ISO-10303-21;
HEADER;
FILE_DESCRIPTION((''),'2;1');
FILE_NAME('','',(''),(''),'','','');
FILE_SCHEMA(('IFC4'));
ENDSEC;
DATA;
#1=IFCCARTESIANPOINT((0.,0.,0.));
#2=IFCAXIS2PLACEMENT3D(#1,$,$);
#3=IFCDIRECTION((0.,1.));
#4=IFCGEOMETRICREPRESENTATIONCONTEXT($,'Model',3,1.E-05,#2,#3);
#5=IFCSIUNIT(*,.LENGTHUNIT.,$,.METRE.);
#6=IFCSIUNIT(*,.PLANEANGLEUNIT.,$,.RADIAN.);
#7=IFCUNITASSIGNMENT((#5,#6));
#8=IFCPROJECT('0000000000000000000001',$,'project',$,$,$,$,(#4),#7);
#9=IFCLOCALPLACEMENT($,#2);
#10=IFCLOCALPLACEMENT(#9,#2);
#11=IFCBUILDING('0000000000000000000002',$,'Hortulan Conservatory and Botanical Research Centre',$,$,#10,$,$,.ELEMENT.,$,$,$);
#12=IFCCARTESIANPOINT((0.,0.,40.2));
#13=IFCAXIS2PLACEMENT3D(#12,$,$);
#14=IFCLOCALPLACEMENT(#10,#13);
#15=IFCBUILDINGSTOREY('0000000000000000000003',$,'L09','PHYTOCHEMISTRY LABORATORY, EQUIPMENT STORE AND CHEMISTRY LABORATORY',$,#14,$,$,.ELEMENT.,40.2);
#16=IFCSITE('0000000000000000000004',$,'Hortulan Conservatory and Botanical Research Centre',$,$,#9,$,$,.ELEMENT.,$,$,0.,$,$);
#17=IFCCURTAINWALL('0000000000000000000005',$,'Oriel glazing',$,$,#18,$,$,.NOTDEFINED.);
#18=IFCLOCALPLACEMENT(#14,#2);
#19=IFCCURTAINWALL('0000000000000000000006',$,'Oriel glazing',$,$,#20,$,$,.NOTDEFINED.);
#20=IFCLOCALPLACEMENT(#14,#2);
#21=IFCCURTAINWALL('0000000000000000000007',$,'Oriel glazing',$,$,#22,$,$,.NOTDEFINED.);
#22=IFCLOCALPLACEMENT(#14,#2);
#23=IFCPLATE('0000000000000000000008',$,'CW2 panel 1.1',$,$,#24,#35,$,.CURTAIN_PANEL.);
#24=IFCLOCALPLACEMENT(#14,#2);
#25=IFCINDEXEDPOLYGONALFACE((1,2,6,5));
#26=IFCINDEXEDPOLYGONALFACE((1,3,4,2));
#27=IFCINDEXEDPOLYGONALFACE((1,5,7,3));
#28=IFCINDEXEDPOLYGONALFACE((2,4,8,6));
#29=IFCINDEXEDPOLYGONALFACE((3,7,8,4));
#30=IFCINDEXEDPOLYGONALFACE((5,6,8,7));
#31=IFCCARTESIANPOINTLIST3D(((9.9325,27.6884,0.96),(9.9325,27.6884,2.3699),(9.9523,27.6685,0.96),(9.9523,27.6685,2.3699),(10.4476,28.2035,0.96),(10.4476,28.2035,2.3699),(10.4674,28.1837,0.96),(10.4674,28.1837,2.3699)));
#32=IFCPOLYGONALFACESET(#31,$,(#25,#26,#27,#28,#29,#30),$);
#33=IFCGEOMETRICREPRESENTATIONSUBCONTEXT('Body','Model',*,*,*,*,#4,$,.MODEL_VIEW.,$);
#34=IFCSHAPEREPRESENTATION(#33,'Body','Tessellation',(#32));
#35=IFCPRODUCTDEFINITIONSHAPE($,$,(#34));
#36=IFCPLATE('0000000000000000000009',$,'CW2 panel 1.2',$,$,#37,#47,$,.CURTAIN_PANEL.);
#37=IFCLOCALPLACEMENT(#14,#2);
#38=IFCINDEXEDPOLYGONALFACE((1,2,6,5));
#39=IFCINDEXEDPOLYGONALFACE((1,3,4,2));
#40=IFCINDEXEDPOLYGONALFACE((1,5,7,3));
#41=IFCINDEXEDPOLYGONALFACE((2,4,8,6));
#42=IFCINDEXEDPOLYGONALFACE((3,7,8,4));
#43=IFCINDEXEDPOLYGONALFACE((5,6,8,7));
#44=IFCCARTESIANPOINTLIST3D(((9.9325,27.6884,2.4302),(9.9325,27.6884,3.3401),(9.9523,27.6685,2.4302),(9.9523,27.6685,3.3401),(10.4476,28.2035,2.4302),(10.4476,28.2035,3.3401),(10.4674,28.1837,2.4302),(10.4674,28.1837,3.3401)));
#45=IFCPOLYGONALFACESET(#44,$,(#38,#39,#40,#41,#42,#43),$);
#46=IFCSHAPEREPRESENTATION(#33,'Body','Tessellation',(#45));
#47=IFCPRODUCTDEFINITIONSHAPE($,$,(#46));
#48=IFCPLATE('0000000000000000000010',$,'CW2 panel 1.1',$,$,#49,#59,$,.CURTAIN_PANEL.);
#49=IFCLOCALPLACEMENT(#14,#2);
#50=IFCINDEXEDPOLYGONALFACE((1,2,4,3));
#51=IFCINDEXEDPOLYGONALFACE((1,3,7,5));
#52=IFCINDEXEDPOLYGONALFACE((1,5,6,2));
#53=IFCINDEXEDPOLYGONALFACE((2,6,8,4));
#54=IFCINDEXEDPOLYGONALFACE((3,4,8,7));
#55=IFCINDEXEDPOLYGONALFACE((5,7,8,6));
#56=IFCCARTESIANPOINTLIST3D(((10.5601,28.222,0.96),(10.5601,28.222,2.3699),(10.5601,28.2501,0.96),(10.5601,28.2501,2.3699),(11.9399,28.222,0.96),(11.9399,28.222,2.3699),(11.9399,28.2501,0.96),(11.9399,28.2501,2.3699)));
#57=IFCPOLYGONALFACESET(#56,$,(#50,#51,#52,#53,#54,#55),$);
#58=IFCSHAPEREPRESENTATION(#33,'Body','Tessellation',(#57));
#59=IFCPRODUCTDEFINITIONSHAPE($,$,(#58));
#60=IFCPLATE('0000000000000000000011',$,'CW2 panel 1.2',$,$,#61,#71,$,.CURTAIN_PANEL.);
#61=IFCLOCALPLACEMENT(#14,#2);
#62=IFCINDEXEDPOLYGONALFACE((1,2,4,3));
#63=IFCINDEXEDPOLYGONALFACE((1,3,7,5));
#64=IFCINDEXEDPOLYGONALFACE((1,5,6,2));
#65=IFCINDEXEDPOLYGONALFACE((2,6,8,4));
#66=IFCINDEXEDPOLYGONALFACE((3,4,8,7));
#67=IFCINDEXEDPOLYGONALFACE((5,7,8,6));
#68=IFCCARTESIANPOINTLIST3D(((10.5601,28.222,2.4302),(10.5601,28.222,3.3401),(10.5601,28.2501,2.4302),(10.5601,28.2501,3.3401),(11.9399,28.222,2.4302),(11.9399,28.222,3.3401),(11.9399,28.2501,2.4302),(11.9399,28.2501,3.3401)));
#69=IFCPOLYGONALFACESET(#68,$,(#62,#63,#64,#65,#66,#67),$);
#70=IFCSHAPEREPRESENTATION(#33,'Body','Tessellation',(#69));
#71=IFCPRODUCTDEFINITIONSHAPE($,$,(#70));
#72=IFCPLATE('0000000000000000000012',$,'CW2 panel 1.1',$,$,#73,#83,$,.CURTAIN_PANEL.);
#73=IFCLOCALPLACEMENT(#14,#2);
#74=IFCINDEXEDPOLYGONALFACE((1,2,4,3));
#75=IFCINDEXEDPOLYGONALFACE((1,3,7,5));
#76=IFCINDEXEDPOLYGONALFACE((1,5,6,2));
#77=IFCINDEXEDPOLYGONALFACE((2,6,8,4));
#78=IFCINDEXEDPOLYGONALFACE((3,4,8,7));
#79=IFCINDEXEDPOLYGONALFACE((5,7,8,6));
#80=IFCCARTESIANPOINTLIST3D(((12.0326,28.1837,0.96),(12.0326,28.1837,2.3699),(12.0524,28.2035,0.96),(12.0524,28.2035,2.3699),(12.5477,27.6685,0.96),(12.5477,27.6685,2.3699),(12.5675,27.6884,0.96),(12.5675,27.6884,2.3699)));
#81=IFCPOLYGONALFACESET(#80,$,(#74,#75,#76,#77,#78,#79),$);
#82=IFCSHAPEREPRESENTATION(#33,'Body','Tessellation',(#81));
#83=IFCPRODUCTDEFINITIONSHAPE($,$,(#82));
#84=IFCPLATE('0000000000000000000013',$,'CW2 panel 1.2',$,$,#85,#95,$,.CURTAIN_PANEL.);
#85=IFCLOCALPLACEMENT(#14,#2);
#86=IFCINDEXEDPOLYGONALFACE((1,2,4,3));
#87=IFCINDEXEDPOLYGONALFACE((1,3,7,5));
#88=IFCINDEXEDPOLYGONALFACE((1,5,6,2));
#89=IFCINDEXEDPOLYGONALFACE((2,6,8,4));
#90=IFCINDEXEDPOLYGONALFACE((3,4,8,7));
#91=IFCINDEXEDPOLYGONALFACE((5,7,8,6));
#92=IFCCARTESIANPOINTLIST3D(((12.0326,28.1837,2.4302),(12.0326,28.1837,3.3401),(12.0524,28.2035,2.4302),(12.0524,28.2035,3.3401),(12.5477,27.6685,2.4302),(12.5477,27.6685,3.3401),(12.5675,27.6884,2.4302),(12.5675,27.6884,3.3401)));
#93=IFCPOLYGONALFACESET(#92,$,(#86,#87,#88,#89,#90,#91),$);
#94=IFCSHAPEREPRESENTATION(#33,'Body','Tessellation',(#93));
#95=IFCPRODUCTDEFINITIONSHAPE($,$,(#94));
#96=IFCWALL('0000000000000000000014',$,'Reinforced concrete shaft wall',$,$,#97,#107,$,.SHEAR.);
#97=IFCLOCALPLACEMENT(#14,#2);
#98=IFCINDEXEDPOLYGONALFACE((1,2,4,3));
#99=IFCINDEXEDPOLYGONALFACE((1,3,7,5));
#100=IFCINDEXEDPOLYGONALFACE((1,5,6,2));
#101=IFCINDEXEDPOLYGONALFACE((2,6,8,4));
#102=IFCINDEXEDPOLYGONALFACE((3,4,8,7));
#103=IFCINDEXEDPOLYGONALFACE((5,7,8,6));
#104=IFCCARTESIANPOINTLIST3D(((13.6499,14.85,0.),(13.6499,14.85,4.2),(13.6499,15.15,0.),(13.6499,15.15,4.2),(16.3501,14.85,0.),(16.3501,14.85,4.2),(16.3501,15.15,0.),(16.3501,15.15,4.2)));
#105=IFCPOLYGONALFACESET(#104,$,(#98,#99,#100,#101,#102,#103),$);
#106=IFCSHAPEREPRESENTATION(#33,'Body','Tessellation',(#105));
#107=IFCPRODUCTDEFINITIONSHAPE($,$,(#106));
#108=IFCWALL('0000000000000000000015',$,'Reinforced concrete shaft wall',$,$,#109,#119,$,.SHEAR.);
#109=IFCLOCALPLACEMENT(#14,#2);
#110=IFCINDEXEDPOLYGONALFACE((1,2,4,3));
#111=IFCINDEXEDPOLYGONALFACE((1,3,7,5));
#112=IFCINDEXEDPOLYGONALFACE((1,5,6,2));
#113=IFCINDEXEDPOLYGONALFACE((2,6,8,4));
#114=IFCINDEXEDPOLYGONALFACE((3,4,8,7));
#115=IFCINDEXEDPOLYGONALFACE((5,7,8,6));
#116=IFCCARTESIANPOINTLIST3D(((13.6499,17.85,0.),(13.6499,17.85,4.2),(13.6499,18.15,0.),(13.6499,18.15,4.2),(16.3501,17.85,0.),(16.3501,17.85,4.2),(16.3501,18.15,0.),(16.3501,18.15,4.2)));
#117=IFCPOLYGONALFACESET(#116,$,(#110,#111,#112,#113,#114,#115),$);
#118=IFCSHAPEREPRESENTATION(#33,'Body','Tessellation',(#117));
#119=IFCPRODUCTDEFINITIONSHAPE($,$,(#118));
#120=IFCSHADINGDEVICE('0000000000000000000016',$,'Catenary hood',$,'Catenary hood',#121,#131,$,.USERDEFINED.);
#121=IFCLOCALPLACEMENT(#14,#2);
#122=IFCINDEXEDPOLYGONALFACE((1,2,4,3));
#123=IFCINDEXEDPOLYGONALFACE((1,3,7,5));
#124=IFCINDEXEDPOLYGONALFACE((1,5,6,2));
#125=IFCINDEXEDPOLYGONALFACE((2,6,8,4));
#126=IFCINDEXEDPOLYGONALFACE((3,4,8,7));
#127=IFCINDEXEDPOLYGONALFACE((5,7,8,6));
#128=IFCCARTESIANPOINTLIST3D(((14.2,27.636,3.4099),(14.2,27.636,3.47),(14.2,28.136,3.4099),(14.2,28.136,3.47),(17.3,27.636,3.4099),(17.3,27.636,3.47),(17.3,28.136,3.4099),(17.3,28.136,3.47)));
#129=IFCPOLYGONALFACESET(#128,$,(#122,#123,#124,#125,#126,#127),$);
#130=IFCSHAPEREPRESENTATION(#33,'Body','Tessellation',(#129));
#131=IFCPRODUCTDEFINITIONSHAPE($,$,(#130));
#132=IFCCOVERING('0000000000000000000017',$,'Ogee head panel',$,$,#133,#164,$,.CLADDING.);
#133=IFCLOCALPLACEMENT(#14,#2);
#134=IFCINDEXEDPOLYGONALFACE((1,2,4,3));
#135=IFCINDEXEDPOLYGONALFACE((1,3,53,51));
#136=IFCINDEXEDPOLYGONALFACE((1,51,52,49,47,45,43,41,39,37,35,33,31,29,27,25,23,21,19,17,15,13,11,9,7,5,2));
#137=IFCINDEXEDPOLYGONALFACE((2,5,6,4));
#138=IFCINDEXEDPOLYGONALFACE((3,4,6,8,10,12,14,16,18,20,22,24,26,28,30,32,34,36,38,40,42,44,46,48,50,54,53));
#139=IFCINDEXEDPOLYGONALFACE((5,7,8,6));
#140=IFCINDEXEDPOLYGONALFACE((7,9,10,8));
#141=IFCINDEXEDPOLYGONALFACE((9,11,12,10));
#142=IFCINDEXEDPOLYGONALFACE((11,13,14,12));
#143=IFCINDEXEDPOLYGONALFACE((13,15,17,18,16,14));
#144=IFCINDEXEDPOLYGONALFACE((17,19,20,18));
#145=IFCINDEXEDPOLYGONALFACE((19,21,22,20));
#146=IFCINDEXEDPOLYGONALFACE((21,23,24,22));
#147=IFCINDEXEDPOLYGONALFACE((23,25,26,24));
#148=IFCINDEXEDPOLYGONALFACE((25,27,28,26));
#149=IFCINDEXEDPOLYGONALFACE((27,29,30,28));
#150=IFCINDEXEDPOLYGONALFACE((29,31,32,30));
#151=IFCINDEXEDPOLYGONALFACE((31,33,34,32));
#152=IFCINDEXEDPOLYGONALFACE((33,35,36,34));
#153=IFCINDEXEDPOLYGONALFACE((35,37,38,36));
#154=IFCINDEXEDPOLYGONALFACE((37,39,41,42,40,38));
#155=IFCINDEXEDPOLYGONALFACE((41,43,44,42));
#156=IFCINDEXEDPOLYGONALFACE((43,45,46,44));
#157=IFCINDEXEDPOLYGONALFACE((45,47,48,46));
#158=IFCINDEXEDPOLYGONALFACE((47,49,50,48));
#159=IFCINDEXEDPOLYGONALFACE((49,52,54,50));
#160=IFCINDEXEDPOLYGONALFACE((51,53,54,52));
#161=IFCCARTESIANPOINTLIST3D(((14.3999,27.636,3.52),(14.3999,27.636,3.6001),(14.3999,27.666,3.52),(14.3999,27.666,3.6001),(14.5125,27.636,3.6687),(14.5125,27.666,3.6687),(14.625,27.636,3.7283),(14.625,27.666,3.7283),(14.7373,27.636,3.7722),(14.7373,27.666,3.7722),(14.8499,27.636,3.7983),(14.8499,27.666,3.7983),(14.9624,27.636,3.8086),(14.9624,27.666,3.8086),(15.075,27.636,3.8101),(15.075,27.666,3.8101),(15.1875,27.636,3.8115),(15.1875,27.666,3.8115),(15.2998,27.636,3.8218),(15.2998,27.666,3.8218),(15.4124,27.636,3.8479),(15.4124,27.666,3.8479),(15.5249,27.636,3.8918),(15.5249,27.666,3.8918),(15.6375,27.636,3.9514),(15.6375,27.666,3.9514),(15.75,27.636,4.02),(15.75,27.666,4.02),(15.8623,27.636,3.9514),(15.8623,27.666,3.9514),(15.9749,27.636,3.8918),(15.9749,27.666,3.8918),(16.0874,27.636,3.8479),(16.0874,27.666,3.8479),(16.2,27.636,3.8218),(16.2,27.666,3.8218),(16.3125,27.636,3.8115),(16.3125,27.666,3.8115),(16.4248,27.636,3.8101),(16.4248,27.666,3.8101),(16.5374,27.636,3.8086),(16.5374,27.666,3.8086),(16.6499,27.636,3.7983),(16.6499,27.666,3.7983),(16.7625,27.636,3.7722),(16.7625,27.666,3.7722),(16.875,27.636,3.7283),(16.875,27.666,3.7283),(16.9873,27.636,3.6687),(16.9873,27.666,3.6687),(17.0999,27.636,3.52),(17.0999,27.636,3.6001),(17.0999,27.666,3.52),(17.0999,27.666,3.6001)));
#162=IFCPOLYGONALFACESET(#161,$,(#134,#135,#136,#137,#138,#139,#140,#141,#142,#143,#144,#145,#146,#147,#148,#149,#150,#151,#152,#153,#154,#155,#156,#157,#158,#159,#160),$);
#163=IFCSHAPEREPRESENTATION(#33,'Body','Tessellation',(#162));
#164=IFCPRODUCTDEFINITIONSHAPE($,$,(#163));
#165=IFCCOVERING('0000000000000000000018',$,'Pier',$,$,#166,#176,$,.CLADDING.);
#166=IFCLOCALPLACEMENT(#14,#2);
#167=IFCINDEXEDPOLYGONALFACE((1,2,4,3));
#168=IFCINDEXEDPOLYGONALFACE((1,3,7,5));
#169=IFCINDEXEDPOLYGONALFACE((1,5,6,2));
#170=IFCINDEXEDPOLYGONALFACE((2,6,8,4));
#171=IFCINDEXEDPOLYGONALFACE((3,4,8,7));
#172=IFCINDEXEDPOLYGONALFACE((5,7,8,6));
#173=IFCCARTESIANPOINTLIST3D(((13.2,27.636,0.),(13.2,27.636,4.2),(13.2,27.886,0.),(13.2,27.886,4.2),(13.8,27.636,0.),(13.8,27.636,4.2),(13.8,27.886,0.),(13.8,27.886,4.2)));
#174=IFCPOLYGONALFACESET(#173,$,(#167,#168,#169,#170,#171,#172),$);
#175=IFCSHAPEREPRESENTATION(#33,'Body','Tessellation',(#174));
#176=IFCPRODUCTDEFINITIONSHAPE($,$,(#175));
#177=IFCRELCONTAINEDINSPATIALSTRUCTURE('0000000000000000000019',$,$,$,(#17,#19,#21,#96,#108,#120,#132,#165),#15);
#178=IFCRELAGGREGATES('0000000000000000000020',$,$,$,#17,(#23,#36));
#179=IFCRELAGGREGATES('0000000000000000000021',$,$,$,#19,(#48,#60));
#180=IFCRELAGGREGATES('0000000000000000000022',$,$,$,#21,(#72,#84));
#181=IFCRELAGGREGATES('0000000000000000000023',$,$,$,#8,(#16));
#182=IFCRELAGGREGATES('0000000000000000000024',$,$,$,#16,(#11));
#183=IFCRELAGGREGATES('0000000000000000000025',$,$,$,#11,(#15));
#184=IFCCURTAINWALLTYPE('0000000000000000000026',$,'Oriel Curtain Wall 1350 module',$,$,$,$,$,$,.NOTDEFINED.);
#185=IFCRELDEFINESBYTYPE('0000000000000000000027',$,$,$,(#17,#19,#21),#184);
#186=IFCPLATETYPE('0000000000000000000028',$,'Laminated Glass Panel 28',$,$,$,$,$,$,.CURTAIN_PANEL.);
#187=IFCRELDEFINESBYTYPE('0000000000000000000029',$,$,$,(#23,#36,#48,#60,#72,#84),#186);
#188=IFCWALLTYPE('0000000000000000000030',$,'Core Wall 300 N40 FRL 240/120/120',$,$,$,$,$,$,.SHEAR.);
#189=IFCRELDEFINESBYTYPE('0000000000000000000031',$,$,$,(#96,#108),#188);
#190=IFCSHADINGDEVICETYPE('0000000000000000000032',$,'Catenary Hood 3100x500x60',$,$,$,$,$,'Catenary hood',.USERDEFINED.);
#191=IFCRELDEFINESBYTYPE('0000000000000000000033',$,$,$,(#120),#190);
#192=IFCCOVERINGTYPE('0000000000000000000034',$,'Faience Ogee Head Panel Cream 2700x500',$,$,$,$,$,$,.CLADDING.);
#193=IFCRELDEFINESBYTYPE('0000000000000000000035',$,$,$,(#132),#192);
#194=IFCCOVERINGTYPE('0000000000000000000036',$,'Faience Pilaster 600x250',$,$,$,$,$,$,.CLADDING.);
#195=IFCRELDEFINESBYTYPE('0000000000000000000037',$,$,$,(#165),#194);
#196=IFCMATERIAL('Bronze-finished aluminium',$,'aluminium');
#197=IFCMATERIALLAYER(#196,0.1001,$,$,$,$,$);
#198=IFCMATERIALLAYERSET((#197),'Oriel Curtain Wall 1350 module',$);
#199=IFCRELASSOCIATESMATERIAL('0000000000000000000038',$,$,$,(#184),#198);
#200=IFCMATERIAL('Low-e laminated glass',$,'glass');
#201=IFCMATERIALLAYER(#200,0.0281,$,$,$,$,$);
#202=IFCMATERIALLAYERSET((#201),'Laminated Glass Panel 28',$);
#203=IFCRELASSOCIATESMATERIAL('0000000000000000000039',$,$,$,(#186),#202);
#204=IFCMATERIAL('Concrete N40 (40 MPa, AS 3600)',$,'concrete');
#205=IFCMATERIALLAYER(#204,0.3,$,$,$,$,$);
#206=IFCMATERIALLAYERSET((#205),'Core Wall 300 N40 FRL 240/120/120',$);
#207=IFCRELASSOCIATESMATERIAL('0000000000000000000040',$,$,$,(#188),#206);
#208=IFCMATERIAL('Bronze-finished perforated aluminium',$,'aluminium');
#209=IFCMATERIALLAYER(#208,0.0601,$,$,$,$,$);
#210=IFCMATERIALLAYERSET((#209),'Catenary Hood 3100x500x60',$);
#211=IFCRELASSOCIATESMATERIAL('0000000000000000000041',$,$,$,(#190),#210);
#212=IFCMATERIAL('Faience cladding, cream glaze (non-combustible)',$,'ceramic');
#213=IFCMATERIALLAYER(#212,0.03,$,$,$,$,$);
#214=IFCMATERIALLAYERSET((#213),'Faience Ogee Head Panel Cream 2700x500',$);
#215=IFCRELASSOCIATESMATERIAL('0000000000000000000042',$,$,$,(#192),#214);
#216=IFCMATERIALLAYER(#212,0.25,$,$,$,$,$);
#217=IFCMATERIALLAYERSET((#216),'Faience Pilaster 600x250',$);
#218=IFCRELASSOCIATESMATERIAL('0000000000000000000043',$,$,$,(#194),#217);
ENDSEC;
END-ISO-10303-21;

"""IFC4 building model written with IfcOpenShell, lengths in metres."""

from ifc_helpers import new_model, si_unit, direction, frame, frame_2d, origin, origin_2d, place, context, subcontext, project, spatial, polyline, rectangle, outline, extrude, material, layer, layer_set, type_object, element, aggregate, save


model = new_model("IFC4")

# Units and contexts
model_context = context("Model", 3, precision=1e-05, world=origin(), true_north=direction((0.0, 1.0)))
body_context = subcontext(model_context, "Body", "Model", "MODEL_VIEW")
ifc_project = project(units=[si_unit("LENGTHUNIT", "METRE"), si_unit("PLANEANGLEUNIT", "RADIAN")], contexts=[model_context])

# Site, building, storey
site_placement = place(None, origin())
site = spatial("IfcSite", under=ifc_project, at=site_placement, Name="Hortulan Conservatory and Botanical Research Centre", CompositionType="ELEMENT", RefElevation=0.0)
building_placement = place(site_placement, origin())
building = spatial("IfcBuilding", under=site, at=building_placement, Name="Hortulan Conservatory and Botanical Research Centre", CompositionType="ELEMENT")
storey_placement = place(building_placement, frame((0.0, 0.0, 40.2)))
storey = spatial("IfcBuildingStorey", under=building, at=storey_placement, Name="L09", Description="PHYTOCHEMISTRY LABORATORY, EQUIPMENT STORE AND CHEMISTRY LABORATORY", CompositionType="ELEMENT", Elevation=40.2)

# Curtain wall
ifc_material_1 = material(Name="Bronze-finished aluminium", Category="aluminium")
ifc_layer_1 = layer(ifc_material_1, 0.1001)
ifc_layer_set_1 = layer_set([ifc_layer_1], Name="Oriel Curtain Wall 1350 module")
curtain_wall_type = type_object("IfcCurtainWallType", Name="Oriel Curtain Wall 1350 module", PredefinedType="NOTDEFINED", material=ifc_layer_set_1)
curtain_wall_1_placement = place(storey_placement, origin())
curtain_wall_1 = element("IfcCurtainWall", 1, at=curtain_wall_1_placement, inside=storey, type_object=curtain_wall_type, Name="Oriel glazing", PredefinedType="NOTDEFINED")

# Curtain walls
curtain_wall_2_placement = place(storey_placement, origin())
curtain_wall_2 = element("IfcCurtainWall", 2, at=curtain_wall_2_placement, inside=storey, type_object=curtain_wall_type, Name="Oriel glazing", PredefinedType="NOTDEFINED")
curtain_wall_3_placement = place(storey_placement, origin())
curtain_wall_3 = element("IfcCurtainWall", 3, at=curtain_wall_3_placement, inside=storey, type_object=curtain_wall_type, Name="Oriel glazing", PredefinedType="NOTDEFINED")

# Plates
ifc_material_2 = material(Name="Low-e laminated glass", Category="glass")
ifc_layer_2 = layer(ifc_material_2, 0.0281)
ifc_layer_set_2 = layer_set([ifc_layer_2], Name="Laminated Glass Panel 28")
plate_type = type_object("IfcPlateType", Name="Laminated Glass Panel 28", PredefinedType="CURTAIN_PANEL", material=ifc_layer_set_2)
plate_1_placement = place(storey_placement, frame((10.2, 27.936, 0.96), z_axis=(0.0, 0.0, 1.0), x_axis=(0.707107, 0.707107, 0.0)))
plate_1 = element("IfcPlate", 4, at=plate_1_placement, type_object=plate_type, Name="CW2 panel 1.1", PredefinedType="CURTAIN_PANEL", context=body_context, shape_type="SweptSolid", body=[
    extrude(rectangle(XDim=0.7285, YDim=0.0281, at=origin_2d()), origin(), (0.0, 0.0, 1.0), 1.4099),
])
plate_2_placement = place(storey_placement, frame((10.2, 27.936, 2.4302), z_axis=(0.0, 0.0, 1.0), x_axis=(0.707107, 0.707107, 0.0)))
plate_2 = element("IfcPlate", 5, at=plate_2_placement, type_object=plate_type, Name="CW2 panel 1.2", PredefinedType="CURTAIN_PANEL", context=body_context, shape_type="SweptSolid", body=[
    extrude(rectangle(XDim=0.7285, YDim=0.0281, at=origin_2d()), origin(), (0.0, 0.0, 1.0), 0.9099),
])
aggregate(curtain_wall_1, [plate_1, plate_2])
plate_3_placement = place(storey_placement, frame((11.25, 28.2361, 0.96), z_axis=(0.0, 0.0, 1.0), x_axis=(1.0, 0.0, 0.0)))
plate_3 = element("IfcPlate", 6, at=plate_3_placement, type_object=plate_type, Name="CW2 panel 1.1", PredefinedType="CURTAIN_PANEL", context=body_context, shape_type="SweptSolid", body=[
    extrude(rectangle(XDim=1.3799, YDim=0.0281, at=origin_2d()), origin(), (0.0, 0.0, 1.0), 1.4099),
])
plate_4_placement = place(storey_placement, frame((11.25, 28.2361, 2.4302), z_axis=(0.0, 0.0, 1.0), x_axis=(1.0, 0.0, 0.0)))
plate_4 = element("IfcPlate", 7, at=plate_4_placement, type_object=plate_type, Name="CW2 panel 1.2", PredefinedType="CURTAIN_PANEL", context=body_context, shape_type="SweptSolid", body=[
    extrude(rectangle(XDim=1.3799, YDim=0.0281, at=origin_2d()), origin(), (0.0, 0.0, 1.0), 0.9099),
])
aggregate(curtain_wall_2, [plate_3, plate_4])
plate_5_placement = place(storey_placement, frame((12.3, 27.936, 0.96), z_axis=(0.0, 0.0, 1.0), x_axis=(0.707107, -0.707107, 0.0)))
plate_5 = element("IfcPlate", 8, at=plate_5_placement, type_object=plate_type, Name="CW2 panel 1.1", PredefinedType="CURTAIN_PANEL", context=body_context, shape_type="SweptSolid", body=[
    extrude(rectangle(XDim=0.7285, YDim=0.0281, at=origin_2d()), origin(), (0.0, 0.0, 1.0), 1.4099),
])
plate_6_placement = place(storey_placement, frame((12.3, 27.936, 2.4302), z_axis=(0.0, 0.0, 1.0), x_axis=(0.707107, -0.707107, 0.0)))
plate_6 = element("IfcPlate", 9, at=plate_6_placement, type_object=plate_type, Name="CW2 panel 1.2", PredefinedType="CURTAIN_PANEL", context=body_context, shape_type="SweptSolid", body=[
    extrude(rectangle(XDim=0.7285, YDim=0.0281, at=origin_2d()), origin(), (0.0, 0.0, 1.0), 0.9099),
])
aggregate(curtain_wall_3, [plate_5, plate_6])

# Walls
ifc_material_3 = material(Name="Concrete N40 (40 MPa, AS 3600)", Category="concrete")
ifc_layer_3 = layer(ifc_material_3, 0.3)
ifc_layer_set_3 = layer_set([ifc_layer_3], Name="Core Wall 300 N40 FRL 240/120/120")
wall_type = type_object("IfcWallType", Name="Core Wall 300 N40 FRL 240/120/120", PredefinedType="SHEAR", material=ifc_layer_set_3)
for number, where, z_axis, x_axis, name in (
    (10, (13.6499, 15.0, 0.0), (0.0, 0.0, 1.0), (1.0, 0.0, 0.0), "Reinforced concrete shaft wall"),
    (11, (13.6499, 18.0, 0.0), (0.0, 0.0, 1.0), (1.0, 0.0, 0.0), "Reinforced concrete shaft wall"),
):
    element("IfcWall", number, at=place(storey_placement, frame(where, z_axis=z_axis, x_axis=x_axis)), inside=storey, type_object=wall_type, Name=name, PredefinedType="SHEAR", context=body_context, shape_type="SweptSolid", body=[
        extrude(rectangle(XDim=2.7002, YDim=0.3, at=frame_2d((1.3501, 0.0))), origin(), (0.0, 0.0, 1.0), 4.2),
    ])

# Shading device
ifc_material_4 = material(Name="Bronze-finished perforated aluminium", Category="aluminium")
ifc_layer_4 = layer(ifc_material_4, 0.0601)
ifc_layer_set_4 = layer_set([ifc_layer_4], Name="Catenary Hood 3100x500x60")
shading_device_type = type_object("IfcShadingDeviceType", Name="Catenary Hood 3100x500x60", ElementType="Catenary hood", PredefinedType="USERDEFINED", material=ifc_layer_set_4)
shading_device_placement = place(storey_placement, frame((15.75, 27.886, 3.4099), z_axis=(0.0, 0.0, 1.0), x_axis=(1.0, 0.0, 0.0)))
element("IfcShadingDevice", 12, at=shading_device_placement, inside=storey, type_object=shading_device_type, Name="Catenary hood", ObjectType="Catenary hood", PredefinedType="USERDEFINED", context=body_context, shape_type="SweptSolid", body=[
    extrude(rectangle(XDim=3.1001, YDim=0.5, at=origin_2d()), origin(), (0.0, 0.0, 1.0), 0.0601),
])

# Coverings
ifc_material_5 = material(Name="Faience cladding, cream glaze (non-combustible)", Category="ceramic")
ifc_layer_5 = layer(ifc_material_5, 0.03)
ifc_layer_set_5 = layer_set([ifc_layer_5], Name="Faience Ogee Head Panel Cream 2700x500")
covering_type_1 = type_object("IfcCoveringType", Name="Faience Ogee Head Panel Cream 2700x500", PredefinedType="CLADDING", material=ifc_layer_set_5)
covering_1_placement = place(storey_placement, frame((14.3999, 27.6509, 3.52), z_axis=(0.0, 0.0, 1.0), x_axis=(1.0, 0.0, 0.0)))
element("IfcCovering", 13, at=covering_1_placement, inside=storey, type_object=covering_type_1, Name="Ogee head panel", PredefinedType="CLADDING", context=body_context, shape_type="SweptSolid", body=[
    extrude(outline(polyline([(0.0, 0.0), (2.7, 0.0), (2.7, 0.0801), (2.5874, 0.1487), (2.4751, 0.2083), (2.3625, 0.2522), (2.25, 0.2783), (2.1375, 0.2886), (2.0249, 0.29), (1.9126, 0.2915), (1.8, 0.3018), (1.6875, 0.3279), (1.575, 0.3718), (1.4624, 0.4314), (1.3501, 0.5), (1.2375, 0.4314), (1.125, 0.3718), (1.0125, 0.3279), (0.8999, 0.3018), (0.7876, 0.2915), (0.675, 0.29), (0.5625, 0.2886), (0.45, 0.2783), (0.3374, 0.2522), (0.2251, 0.2083), (0.1125, 0.1487), (0.0, 0.0801), (0.0, 0.0)])), frame((0.0, 0.0151, 0.0), z_axis=(0.0, -1.0, 0.0), x_axis=(1.0, 0.0, 0.0)), (0.0, 0.0, 1.0), 0.03),
])
ifc_layer_6 = layer(ifc_material_5, 0.25)
ifc_layer_set_6 = layer_set([ifc_layer_6], Name="Faience Pilaster 600x250")
covering_type_2 = type_object("IfcCoveringType", Name="Faience Pilaster 600x250", PredefinedType="CLADDING", material=ifc_layer_set_6)
covering_2_placement = place(storey_placement, frame((13.5, 27.761, 0.0), z_axis=(0.0, 0.0, 1.0), x_axis=(1.0, 0.0, 0.0)))
element("IfcCovering", 14, at=covering_2_placement, inside=storey, type_object=covering_type_2, Name="Pier", PredefinedType="CLADDING", context=body_context, shape_type="SweptSolid", body=[
    extrude(rectangle(XDim=0.6001, YDim=0.25, at=origin_2d()), origin(), (0.0, 0.0, 1.0), 4.2),
])

save(model, "model.ifc")
